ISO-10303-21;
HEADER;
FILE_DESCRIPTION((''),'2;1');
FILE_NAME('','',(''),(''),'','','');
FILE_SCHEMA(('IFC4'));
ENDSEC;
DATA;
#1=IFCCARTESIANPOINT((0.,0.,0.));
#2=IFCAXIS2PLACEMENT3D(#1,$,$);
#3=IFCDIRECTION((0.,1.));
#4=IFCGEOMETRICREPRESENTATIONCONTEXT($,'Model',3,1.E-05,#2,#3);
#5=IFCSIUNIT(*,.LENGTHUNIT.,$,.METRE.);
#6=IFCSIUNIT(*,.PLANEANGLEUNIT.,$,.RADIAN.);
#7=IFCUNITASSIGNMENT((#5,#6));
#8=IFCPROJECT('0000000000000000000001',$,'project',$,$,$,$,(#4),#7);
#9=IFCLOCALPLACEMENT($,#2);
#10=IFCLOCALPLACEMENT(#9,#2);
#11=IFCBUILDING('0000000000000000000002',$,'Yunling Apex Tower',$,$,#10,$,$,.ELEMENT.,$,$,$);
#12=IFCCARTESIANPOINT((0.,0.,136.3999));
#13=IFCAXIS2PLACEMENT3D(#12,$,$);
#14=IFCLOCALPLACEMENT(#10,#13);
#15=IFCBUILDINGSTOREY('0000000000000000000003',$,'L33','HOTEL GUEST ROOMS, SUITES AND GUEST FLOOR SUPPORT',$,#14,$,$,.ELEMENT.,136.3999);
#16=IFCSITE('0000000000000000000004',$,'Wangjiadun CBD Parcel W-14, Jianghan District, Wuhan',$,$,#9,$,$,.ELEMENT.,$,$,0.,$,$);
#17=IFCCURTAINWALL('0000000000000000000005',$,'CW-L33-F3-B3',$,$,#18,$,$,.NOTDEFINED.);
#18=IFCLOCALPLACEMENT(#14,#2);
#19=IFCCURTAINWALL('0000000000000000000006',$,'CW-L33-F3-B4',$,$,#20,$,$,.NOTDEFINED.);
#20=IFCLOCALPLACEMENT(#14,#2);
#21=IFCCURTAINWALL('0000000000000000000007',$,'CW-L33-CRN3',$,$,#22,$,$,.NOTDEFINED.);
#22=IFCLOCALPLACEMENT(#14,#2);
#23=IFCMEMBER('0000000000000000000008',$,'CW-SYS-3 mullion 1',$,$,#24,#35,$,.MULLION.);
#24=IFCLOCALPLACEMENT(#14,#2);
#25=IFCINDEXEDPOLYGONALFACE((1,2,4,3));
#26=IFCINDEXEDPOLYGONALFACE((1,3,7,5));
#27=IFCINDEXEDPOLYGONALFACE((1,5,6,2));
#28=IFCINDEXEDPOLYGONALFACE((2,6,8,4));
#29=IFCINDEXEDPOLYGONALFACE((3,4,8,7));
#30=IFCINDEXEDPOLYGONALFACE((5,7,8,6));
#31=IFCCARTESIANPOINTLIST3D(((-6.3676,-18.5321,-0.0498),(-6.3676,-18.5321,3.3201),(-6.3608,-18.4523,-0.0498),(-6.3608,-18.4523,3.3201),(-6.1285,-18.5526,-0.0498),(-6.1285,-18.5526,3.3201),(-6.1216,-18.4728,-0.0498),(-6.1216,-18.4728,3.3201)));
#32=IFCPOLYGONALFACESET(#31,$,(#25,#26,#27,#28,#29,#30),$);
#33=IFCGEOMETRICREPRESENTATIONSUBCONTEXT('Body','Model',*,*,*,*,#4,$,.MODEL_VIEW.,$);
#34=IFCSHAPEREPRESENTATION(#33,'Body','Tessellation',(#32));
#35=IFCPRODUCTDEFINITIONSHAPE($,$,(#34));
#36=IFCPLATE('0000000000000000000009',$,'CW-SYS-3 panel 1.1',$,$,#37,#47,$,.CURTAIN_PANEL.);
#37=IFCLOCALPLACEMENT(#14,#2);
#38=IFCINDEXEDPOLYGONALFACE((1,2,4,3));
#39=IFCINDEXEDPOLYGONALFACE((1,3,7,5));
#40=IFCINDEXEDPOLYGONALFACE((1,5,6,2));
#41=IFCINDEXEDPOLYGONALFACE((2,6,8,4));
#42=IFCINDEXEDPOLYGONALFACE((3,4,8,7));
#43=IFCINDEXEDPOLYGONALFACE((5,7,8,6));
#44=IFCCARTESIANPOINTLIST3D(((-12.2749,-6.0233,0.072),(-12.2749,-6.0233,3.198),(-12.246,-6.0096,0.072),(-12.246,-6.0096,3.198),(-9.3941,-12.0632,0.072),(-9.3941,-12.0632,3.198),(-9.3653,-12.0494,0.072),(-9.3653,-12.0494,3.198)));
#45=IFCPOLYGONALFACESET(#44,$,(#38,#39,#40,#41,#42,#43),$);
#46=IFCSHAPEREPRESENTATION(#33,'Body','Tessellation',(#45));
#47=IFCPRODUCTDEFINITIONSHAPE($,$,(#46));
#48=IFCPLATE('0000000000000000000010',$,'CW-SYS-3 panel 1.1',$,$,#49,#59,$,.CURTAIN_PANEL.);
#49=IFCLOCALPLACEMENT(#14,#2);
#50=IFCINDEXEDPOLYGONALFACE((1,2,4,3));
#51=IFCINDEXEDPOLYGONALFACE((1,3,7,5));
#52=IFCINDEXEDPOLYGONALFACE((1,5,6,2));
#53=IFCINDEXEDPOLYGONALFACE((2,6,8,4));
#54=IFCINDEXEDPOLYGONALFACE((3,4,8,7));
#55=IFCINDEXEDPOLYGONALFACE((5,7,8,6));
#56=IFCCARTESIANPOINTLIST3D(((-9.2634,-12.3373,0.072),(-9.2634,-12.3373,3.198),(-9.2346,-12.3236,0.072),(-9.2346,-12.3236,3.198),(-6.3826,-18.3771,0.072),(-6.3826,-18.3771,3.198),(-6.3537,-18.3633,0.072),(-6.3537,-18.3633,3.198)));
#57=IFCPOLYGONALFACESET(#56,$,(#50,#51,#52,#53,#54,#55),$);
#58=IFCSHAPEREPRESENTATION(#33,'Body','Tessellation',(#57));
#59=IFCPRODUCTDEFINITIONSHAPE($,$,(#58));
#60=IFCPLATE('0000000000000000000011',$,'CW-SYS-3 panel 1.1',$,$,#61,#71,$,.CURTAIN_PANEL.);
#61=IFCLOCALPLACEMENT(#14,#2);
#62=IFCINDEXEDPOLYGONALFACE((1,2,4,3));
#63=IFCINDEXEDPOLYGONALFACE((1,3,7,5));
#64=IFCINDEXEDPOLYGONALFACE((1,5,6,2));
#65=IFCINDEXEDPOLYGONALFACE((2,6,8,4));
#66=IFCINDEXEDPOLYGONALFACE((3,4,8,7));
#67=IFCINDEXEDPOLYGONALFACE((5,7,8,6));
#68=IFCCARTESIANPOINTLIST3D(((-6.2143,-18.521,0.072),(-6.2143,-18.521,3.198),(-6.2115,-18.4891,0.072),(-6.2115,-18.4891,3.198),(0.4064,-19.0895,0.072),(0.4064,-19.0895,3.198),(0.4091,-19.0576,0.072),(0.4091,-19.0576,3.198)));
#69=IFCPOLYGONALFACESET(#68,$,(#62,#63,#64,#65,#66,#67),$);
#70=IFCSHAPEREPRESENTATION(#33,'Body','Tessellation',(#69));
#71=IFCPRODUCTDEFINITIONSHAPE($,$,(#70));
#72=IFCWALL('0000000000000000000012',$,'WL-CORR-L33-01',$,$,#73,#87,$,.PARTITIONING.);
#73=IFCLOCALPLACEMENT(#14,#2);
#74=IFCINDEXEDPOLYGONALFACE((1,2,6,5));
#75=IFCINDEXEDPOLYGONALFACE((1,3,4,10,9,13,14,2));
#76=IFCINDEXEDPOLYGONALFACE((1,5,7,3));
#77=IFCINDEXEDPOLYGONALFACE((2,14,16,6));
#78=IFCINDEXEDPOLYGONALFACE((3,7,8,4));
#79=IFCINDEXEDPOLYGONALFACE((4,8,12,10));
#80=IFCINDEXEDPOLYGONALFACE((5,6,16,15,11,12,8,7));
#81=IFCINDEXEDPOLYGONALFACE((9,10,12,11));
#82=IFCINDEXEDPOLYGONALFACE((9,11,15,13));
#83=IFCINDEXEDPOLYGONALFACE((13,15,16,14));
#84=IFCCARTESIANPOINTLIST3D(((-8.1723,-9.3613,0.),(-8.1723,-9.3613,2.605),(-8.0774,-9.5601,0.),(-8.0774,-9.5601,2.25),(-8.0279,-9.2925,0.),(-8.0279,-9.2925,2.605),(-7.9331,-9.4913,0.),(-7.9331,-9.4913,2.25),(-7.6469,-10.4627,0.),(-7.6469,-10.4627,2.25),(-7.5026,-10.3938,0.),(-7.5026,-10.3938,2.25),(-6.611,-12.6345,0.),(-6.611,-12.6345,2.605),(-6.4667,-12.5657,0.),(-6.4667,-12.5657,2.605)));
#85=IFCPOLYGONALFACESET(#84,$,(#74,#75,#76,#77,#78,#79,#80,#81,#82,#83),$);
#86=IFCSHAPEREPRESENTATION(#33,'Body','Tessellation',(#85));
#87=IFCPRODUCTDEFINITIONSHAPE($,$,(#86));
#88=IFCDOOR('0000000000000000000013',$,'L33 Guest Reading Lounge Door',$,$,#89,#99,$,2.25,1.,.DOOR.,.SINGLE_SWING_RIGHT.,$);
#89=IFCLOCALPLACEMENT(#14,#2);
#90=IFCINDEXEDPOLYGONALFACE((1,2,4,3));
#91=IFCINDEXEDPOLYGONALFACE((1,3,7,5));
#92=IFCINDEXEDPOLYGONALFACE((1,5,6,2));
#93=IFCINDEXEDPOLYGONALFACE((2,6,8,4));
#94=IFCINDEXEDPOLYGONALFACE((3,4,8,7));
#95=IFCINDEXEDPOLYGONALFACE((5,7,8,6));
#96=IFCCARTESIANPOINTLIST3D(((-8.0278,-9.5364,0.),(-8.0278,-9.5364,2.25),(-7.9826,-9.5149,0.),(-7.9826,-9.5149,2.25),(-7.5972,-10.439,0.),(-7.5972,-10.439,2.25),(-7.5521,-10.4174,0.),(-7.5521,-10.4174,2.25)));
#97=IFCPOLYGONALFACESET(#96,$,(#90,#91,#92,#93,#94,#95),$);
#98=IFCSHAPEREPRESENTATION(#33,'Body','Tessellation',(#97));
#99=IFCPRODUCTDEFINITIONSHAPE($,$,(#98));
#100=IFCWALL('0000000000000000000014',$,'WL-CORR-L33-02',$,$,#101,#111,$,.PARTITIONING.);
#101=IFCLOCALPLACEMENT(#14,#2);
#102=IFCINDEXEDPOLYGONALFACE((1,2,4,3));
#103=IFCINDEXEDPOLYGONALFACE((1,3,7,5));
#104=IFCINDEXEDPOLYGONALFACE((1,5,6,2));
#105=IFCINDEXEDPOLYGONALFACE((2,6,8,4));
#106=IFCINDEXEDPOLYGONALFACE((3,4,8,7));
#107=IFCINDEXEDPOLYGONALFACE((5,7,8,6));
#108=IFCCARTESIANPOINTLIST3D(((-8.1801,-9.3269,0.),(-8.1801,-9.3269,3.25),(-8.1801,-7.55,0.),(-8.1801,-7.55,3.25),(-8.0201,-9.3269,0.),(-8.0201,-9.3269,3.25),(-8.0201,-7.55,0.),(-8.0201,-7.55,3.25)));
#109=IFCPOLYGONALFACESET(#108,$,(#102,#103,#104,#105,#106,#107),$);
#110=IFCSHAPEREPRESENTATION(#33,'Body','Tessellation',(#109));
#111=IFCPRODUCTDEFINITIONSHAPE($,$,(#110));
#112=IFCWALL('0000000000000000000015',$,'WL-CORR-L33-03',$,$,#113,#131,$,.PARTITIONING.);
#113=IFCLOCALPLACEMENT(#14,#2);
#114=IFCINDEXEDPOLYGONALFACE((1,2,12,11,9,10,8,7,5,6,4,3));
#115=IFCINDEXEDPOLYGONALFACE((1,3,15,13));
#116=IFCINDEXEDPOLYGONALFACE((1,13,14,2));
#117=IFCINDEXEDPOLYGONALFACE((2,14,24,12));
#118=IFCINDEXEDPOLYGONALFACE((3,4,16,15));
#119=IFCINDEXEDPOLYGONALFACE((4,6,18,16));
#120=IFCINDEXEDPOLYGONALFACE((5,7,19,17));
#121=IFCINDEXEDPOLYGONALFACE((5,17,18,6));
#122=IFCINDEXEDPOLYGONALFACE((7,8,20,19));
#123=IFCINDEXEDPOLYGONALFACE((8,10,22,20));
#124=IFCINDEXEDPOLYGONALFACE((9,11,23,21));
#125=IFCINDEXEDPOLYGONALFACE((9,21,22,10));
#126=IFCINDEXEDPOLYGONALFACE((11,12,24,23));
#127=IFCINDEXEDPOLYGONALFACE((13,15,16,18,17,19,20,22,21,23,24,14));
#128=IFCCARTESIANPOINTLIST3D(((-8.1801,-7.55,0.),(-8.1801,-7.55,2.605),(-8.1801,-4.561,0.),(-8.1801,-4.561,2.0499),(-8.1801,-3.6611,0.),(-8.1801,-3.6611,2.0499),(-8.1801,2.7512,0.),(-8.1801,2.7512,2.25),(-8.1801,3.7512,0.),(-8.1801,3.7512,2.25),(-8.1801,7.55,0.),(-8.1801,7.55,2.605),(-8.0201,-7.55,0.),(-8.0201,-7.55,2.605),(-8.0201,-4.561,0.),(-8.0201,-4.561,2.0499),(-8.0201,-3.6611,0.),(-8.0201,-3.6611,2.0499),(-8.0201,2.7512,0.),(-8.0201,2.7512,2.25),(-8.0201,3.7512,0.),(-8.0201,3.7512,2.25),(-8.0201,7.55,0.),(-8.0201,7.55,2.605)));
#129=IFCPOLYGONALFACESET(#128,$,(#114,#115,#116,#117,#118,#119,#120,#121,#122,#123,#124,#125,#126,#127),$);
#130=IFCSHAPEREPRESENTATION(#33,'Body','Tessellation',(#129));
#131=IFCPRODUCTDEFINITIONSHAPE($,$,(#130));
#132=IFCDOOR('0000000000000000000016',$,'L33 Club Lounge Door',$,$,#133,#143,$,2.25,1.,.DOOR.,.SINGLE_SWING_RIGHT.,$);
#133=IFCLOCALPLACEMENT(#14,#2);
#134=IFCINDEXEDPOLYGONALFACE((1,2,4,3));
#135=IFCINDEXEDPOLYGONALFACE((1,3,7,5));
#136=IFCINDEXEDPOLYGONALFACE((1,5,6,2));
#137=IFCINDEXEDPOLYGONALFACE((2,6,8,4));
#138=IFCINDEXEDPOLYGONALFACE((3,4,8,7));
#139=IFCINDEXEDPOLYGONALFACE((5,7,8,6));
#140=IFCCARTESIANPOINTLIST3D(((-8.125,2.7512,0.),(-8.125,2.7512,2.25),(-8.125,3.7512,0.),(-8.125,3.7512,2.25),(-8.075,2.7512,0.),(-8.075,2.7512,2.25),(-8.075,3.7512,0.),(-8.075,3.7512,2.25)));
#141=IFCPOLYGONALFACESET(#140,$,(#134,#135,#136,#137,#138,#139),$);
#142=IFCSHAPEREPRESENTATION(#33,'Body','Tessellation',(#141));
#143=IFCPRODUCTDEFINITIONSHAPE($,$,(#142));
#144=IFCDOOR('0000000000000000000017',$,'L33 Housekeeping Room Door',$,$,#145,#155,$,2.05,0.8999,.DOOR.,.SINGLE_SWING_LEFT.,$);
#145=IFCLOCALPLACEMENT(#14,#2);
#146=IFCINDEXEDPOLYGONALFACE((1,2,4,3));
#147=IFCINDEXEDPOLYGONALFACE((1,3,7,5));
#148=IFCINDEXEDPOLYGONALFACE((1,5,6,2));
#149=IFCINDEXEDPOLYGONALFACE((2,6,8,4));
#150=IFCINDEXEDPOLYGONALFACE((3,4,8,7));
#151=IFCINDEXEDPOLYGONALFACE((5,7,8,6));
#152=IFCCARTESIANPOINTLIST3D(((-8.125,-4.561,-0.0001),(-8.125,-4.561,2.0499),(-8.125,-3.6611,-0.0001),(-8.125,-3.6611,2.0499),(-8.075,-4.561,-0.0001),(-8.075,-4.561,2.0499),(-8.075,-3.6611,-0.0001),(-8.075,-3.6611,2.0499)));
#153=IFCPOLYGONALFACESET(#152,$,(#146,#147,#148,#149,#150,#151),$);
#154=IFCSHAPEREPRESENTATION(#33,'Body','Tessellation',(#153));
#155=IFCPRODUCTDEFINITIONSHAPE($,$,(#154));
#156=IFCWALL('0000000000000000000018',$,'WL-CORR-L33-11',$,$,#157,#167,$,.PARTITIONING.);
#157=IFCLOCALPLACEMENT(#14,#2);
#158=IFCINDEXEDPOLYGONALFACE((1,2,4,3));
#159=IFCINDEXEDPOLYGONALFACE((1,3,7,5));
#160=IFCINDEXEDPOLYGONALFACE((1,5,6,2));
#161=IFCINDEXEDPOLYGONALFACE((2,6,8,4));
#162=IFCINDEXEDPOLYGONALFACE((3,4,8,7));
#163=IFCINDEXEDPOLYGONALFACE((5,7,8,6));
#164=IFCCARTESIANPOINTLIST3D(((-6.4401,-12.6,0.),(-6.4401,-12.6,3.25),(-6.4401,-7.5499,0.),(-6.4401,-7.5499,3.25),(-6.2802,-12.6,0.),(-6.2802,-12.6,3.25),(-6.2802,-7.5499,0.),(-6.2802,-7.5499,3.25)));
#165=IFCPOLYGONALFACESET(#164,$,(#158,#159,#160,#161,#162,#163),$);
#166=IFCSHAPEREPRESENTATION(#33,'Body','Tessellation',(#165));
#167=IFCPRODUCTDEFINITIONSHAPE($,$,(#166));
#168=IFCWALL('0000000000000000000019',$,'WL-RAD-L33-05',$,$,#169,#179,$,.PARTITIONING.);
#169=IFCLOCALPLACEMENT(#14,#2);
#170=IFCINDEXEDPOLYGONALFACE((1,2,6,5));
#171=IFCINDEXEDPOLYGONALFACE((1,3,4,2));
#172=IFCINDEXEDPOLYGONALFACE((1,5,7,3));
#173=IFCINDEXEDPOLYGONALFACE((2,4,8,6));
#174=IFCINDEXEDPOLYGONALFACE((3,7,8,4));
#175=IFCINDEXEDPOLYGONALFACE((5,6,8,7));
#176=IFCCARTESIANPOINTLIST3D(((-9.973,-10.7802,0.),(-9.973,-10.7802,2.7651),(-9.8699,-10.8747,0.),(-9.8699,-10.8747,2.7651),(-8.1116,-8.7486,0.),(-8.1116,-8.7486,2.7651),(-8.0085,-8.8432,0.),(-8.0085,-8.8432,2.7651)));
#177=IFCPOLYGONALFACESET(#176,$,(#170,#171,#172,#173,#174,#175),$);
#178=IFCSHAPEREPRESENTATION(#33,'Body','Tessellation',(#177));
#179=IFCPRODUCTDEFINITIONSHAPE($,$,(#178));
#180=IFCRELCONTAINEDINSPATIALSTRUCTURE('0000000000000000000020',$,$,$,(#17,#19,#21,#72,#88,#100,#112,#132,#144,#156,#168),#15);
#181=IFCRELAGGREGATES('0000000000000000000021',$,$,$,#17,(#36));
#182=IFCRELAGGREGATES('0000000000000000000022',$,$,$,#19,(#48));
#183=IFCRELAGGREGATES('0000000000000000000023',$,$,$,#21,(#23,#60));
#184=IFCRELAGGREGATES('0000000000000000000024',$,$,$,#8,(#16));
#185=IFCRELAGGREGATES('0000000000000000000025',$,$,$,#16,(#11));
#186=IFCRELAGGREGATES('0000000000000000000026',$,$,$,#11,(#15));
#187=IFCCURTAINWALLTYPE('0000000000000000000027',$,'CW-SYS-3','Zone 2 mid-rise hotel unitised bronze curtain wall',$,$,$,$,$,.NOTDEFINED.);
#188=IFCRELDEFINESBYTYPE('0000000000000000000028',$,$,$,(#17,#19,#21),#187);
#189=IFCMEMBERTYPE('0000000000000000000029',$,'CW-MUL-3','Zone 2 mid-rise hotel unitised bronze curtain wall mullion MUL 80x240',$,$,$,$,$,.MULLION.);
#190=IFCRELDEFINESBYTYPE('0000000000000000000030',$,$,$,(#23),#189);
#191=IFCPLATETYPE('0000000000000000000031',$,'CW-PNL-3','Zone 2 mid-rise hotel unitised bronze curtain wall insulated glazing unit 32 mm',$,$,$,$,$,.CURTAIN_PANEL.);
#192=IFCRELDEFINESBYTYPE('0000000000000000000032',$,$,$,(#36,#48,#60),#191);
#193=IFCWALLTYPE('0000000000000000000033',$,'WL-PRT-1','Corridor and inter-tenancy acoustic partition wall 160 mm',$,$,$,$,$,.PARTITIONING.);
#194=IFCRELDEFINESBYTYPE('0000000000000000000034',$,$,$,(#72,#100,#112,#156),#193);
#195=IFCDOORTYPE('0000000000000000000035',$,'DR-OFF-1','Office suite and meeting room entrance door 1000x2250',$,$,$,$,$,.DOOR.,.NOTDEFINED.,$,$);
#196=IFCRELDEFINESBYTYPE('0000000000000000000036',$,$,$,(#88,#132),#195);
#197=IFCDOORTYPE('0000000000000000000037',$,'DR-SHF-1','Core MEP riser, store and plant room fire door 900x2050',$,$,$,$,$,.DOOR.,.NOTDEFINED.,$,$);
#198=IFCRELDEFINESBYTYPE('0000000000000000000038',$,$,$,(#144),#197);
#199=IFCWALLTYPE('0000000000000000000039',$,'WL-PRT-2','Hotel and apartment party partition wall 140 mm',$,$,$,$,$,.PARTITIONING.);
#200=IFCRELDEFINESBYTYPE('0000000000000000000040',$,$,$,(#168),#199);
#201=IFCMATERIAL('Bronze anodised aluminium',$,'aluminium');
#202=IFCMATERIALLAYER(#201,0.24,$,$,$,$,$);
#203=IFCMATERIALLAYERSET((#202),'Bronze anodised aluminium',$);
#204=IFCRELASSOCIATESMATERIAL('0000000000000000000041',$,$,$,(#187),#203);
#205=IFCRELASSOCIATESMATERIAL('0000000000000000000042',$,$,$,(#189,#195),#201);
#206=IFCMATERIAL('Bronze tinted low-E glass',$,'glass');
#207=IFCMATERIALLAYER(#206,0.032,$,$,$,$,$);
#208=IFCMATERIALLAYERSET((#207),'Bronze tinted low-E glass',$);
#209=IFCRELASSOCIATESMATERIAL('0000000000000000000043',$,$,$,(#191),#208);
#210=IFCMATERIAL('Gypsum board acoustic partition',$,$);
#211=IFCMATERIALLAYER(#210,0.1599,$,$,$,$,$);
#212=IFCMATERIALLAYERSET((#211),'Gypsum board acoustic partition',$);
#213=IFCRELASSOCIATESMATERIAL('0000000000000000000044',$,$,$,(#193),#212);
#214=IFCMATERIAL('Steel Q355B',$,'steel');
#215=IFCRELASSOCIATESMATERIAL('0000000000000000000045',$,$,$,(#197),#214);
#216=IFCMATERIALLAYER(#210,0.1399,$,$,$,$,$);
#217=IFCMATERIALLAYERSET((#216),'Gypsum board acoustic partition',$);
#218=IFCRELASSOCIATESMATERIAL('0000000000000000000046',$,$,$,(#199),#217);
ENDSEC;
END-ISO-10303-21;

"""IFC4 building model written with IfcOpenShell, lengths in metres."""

from ifc_helpers import new_model, si_unit, direction, frame, frame_2d, origin, origin_2d, place, context, subcontext, project, spatial, rectangle, extrude, source, transform, mapped, material, layer, layer_set, material_profile, profile_set, type_object, element, fill, aggregate, save


model = new_model("IFC4")

# Units and contexts
model_context = context("Model", 3, precision=1e-05, world=origin(), true_north=direction((0.0, 1.0)))
body_context = subcontext(model_context, "Body", "Model", "MODEL_VIEW")
ifc_project = project(units=[si_unit("LENGTHUNIT", "METRE"), si_unit("PLANEANGLEUNIT", "RADIAN")], contexts=[model_context])

# Site, building, storey
site_placement = place(None, origin())
site = spatial("IfcSite", under=ifc_project, at=site_placement, Name="Wangjiadun CBD Parcel W-14, Jianghan District, Wuhan", CompositionType="ELEMENT", RefElevation=0.0)
building_placement = place(site_placement, origin())
building = spatial("IfcBuilding", under=site, at=building_placement, Name="Yunling Apex Tower", CompositionType="ELEMENT")
storey_placement = place(building_placement, frame((0.0, 0.0, 136.3999)))
storey = spatial("IfcBuildingStorey", under=building, at=storey_placement, Name="L33", Description="HOTEL GUEST ROOMS, SUITES AND GUEST FLOOR SUPPORT", CompositionType="ELEMENT", Elevation=136.3999)

# Shared definitions
ifc_material_1 = material(Name="Steel Q355B", Category="steel")

# Curtain walls
ifc_material_2 = material(Name="Bronze anodised aluminium", Category="aluminium")
ifc_layer_1 = layer(ifc_material_2, 0.24)
ifc_layer_set_1 = layer_set([ifc_layer_1], Name="Bronze anodised aluminium")
curtain_wall_type = type_object("IfcCurtainWallType", Name="CW-SYS-3", Description="Zone 2 mid-rise hotel unitised bronze curtain wall", PredefinedType="NOTDEFINED", material=ifc_layer_set_1)
curtain_wall_1_placement = place(storey_placement, origin())
curtain_wall_1 = element("IfcCurtainWall", 1, at=curtain_wall_1_placement, inside=storey, type_object=curtain_wall_type, Name="CW-L33-F3-B3", PredefinedType="NOTDEFINED")
curtain_wall_2_placement = place(storey_placement, origin())
curtain_wall_2 = element("IfcCurtainWall", 2, at=curtain_wall_2_placement, inside=storey, type_object=curtain_wall_type, Name="CW-L33-F3-B4", PredefinedType="NOTDEFINED")
curtain_wall_3_placement = place(storey_placement, origin())
curtain_wall_3 = element("IfcCurtainWall", 3, at=curtain_wall_3_placement, inside=storey, type_object=curtain_wall_type, Name="CW-L33-CRN3", PredefinedType="NOTDEFINED")

# Member
ifc_material_profile_1 = material_profile(ifc_material_2, rectangle(XDim=0.0801, YDim=0.24, at=origin_2d()))
ifc_profile_set_1 = profile_set([ifc_material_profile_1], Name="Bronze anodised aluminium")
member_type_1 = type_object("IfcMemberType", Name="CW-MUL-3", Description="Zone 2 mid-rise hotel unitised bronze curtain wall mullion MUL 80x240", PredefinedType="MULLION", material=ifc_profile_set_1)
shared_shape_1 = source(origin(), body_context, "Body", "SweptSolid", [
    extrude(rectangle(XDim=0.0801, YDim=0.24, at=origin_2d()), origin(), (0.0, 0.0, 1.0), 3.3699),
])
member_1_placement = place(storey_placement, frame((-6.2446, -18.5024, -0.0498), z_axis=(0.0, 0.0, 1.0), x_axis=(0.08555, 0.996334, 0.0)))
member_1 = element("IfcMember", 4, at=member_1_placement, type_object=member_type_1, Name="CW-SYS-3 mullion 1", PredefinedType="MULLION", context=body_context, shape_type="MappedRepresentation", body=[
    mapped(shared_shape_1, transform((0.0, 0.0, 0.0), scale=1.0)),
])

# Plates
ifc_material_3 = material(Name="Bronze tinted low-E glass", Category="glass")
ifc_layer_2 = layer(ifc_material_3, 0.032)
ifc_layer_set_2 = layer_set([ifc_layer_2], Name="Bronze tinted low-E glass")
plate_type = type_object("IfcPlateType", Name="CW-PNL-3", Description="Zone 2 mid-rise hotel unitised bronze curtain wall insulated glazing unit 32 mm", PredefinedType="CURTAIN_PANEL", material=ifc_layer_set_2)
shared_shape_2 = source(origin(), body_context, "Body", "SweptSolid", [
    extrude(rectangle(XDim=6.6917, YDim=0.032, at=origin_2d()), origin(), (0.0, 0.0, 1.0), 3.126),
])
plate_1_placement = place(storey_placement, frame((-10.8201, -9.0364, 0.072), z_axis=(0.0, 0.0, 1.0), x_axis=(0.430494, -0.902593, 0.0)))
plate_1 = element("IfcPlate", 5, at=plate_1_placement, type_object=plate_type, Name="CW-SYS-3 panel 1.1", PredefinedType="CURTAIN_PANEL", context=body_context, shape_type="MappedRepresentation", body=[
    mapped(shared_shape_2, transform((0.0, 0.0, 0.0), scale=1.0)),
])
aggregate(curtain_wall_1, [plate_1])
plate_2_placement = place(storey_placement, frame((-7.8086, -15.3503, 0.072), z_axis=(0.0, 0.0, 1.0), x_axis=(0.430512, -0.902585, 0.0)))
plate_2 = element("IfcPlate", 6, at=plate_2_placement, type_object=plate_type, Name="CW-SYS-3 panel 1.1", PredefinedType="CURTAIN_PANEL", context=body_context, shape_type="MappedRepresentation", body=[
    mapped(shared_shape_2, transform((0.0, 0.0, 0.0), scale=1.0)),
])
aggregate(curtain_wall_2, [plate_2])
shared_shape_3 = source(origin(), body_context, "Body", "SweptSolid", [
    extrude(rectangle(XDim=6.645, YDim=0.032, at=origin_2d()), origin(), (0.0, 0.0, 1.0), 3.126),
])
plate_3_placement = place(storey_placement, frame((-2.9026, -18.7893, 0.072), z_axis=(0.0, 0.0, 1.0), x_axis=(0.996334, -0.08555, 0.0)))
plate_3 = element("IfcPlate", 7, at=plate_3_placement, type_object=plate_type, Name="CW-SYS-3 panel 1.1", PredefinedType="CURTAIN_PANEL", context=body_context, shape_type="MappedRepresentation", body=[
    mapped(shared_shape_3, transform((0.0, 0.0, 0.0), scale=1.0)),
])
aggregate(curtain_wall_3, [member_1, plate_3])

# Wall, opening, door
ifc_material_4 = material(Name="Gypsum board acoustic partition")
ifc_layer_3 = layer(ifc_material_4, 0.1599)
ifc_layer_set_3 = layer_set([ifc_layer_3], Name="Gypsum board acoustic partition")
wall_type_1 = type_object("IfcWallType", Name="WL-PRT-1", Description="Corridor and inter-tenancy acoustic partition wall 160 mm", PredefinedType="PARTITIONING", material=ifc_layer_set_3)
wall_1_placement = place(storey_placement, frame((-6.5388, -12.6001, 0.0), z_axis=(0.0, 0.0, 1.0), x_axis=(-0.430521, 0.90258, 0.0)))
wall_1 = element("IfcWall", 8, at=wall_1_placement, inside=storey, type_object=wall_type_1, Name="WL-CORR-L33-01", PredefinedType="PARTITIONING", context=body_context, shape_type="SweptSolid", body=[
    extrude(rectangle(XDim=3.6265, YDim=0.1599, at=frame_2d((1.8132, 0.0))), origin(), (0.0, 0.0, 1.0), 2.605),
])
opening_1_placement = place(wall_1_placement, frame((2.4062, 0.0, 0.0)))
opening_1 = element("IfcOpeningElement", 9, at=opening_1_placement, cuts=wall_1, PredefinedType="OPENING", context=body_context, shape_type="SweptSolid", body=[
    extrude(rectangle(XDim=1.0, YDim=2.25, at=frame_2d((0.5, 1.125))), frame((0.0, 0.0898, 0.0), z_axis=(0.0, -1.0, 0.0), x_axis=(1.0, 0.0, 0.0)), (0.0, 0.0, 1.0), 0.1799),
])
door_type_1 = type_object("IfcDoorType", Name="DR-OFF-1", Description="Office suite and meeting room entrance door 1000x2250", OperationType="NOTDEFINED", PredefinedType="DOOR", material=ifc_material_2)
door_1_placement = place(opening_1_placement, origin())
door_1 = element("IfcDoor", 10, at=door_1_placement, inside=storey, type_object=door_type_1, Name="L33 Guest Reading Lounge Door", OperationType="SINGLE_SWING_RIGHT", OverallHeight=2.25, OverallWidth=1.0, PredefinedType="DOOR", context=body_context, shape_type="SweptSolid", body=[
    extrude(rectangle(XDim=1.0, YDim=2.25, at=frame_2d((0.5, 1.125))), frame((0.0, 0.0249, 0.0), z_axis=(0.0, -1.0, 0.0), x_axis=(1.0, 0.0, 0.0)), (0.0, 0.0, 1.0), 0.05),
])
fill(opening_1, door_1)

# Wall
wall_2_placement = place(storey_placement, frame((-8.1001, -9.3269, 0.0), z_axis=(0.0, 0.0, 1.0), x_axis=(0.0, 1.0, 0.0)))
element("IfcWall", 11, at=wall_2_placement, inside=storey, type_object=wall_type_1, Name="WL-CORR-L33-02", PredefinedType="PARTITIONING", context=body_context, shape_type="SweptSolid", body=[
    extrude(rectangle(XDim=1.7769, YDim=0.1599, at=frame_2d((0.8884, 0.0))), origin(), (0.0, 0.0, 1.0), 3.25),
])

# Wall, openings, doors
wall_3_placement = place(storey_placement, frame((-8.1001, -7.55, 0.0), z_axis=(0.0, 0.0, 1.0), x_axis=(0.0, 1.0, 0.0)))
wall_3 = element("IfcWall", 12, at=wall_3_placement, inside=storey, type_object=wall_type_1, Name="WL-CORR-L33-03", PredefinedType="PARTITIONING", context=body_context, shape_type="SweptSolid", body=[
    extrude(rectangle(XDim=15.1001, YDim=0.1599, at=frame_2d((7.55, 0.0))), origin(), (0.0, 0.0, 1.0), 2.605),
])
opening_2_placement = place(wall_3_placement, frame((2.989, 0.0, 0.0)))
opening_2 = element("IfcOpeningElement", 13, at=opening_2_placement, cuts=wall_3, PredefinedType="OPENING", context=body_context, shape_type="SweptSolid", body=[
    extrude(rectangle(XDim=0.8999, YDim=2.05, at=frame_2d((0.45, 1.0249))), frame((0.0, 0.0898, 0.0), z_axis=(0.0, -1.0, 0.0), x_axis=(1.0, 0.0, 0.0)), (0.0, 0.0, 1.0), 0.1799),
])
opening_3_placement = place(wall_3_placement, frame((10.3013, 0.0, 0.0)))
opening_3 = element("IfcOpeningElement", 14, at=opening_3_placement, cuts=wall_3, PredefinedType="OPENING", context=body_context, shape_type="SweptSolid", body=[
    extrude(rectangle(XDim=1.0, YDim=2.25, at=frame_2d((0.5, 1.125))), frame((0.0, 0.0898, 0.0), z_axis=(0.0, -1.0, 0.0), x_axis=(1.0, 0.0, 0.0)), (0.0, 0.0, 1.0), 0.1799),
])
door_2_placement = place(opening_3_placement, origin())
door_2 = element("IfcDoor", 15, at=door_2_placement, inside=storey, type_object=door_type_1, Name="L33 Club Lounge Door", OperationType="SINGLE_SWING_RIGHT", OverallHeight=2.25, OverallWidth=1.0, PredefinedType="DOOR", context=body_context, shape_type="SweptSolid", body=[
    extrude(rectangle(XDim=1.0, YDim=2.25, at=frame_2d((0.5, 1.125))), frame((0.0, 0.0249, 0.0), z_axis=(0.0, -1.0, 0.0), x_axis=(1.0, 0.0, 0.0)), (0.0, 0.0, 1.0), 0.05),
])
fill(opening_3, door_2)
door_type_2 = type_object("IfcDoorType", Name="DR-SHF-1", Description="Core MEP riser, store and plant room fire door 900x2050", OperationType="NOTDEFINED", PredefinedType="DOOR", material=ifc_material_1)
door_3_placement = place(opening_2_placement, origin())
door_3 = element("IfcDoor", 16, at=door_3_placement, inside=storey, type_object=door_type_2, Name="L33 Housekeeping Room Door", OperationType="SINGLE_SWING_LEFT", OverallHeight=2.05, OverallWidth=0.8999, PredefinedType="DOOR", context=body_context, shape_type="SweptSolid", body=[
    extrude(rectangle(XDim=0.8999, YDim=2.05, at=frame_2d((0.45, 1.0249))), frame((0.0, 0.0249, 0.0), z_axis=(0.0, -1.0, 0.0), x_axis=(1.0, 0.0, 0.0)), (0.0, 0.0, 1.0), 0.05),
])
fill(opening_2, door_3)

# Walls
wall_4_placement = place(storey_placement, frame((-6.3601, -7.55, 0.0), z_axis=(0.0, 0.0, 1.0), x_axis=(0.0, -1.0, 0.0)))
element("IfcWall", 17, at=wall_4_placement, inside=storey, type_object=wall_type_1, Name="WL-CORR-L33-11", PredefinedType="PARTITIONING", context=body_context, shape_type="SweptSolid", body=[
    extrude(rectangle(XDim=5.05, YDim=0.1599, at=frame_2d((2.5249, 0.0))), origin(), (0.0, 0.0, 1.0), 3.25),
])
ifc_layer_4 = layer(ifc_material_4, 0.1399)
ifc_layer_set_4 = layer_set([ifc_layer_4], Name="Gypsum board acoustic partition")
wall_type_2 = type_object("IfcWallType", Name="WL-PRT-2", Description="Hotel and apartment party partition wall 140 mm", PredefinedType="PARTITIONING", material=ifc_layer_set_4)
wall_5_placement = place(storey_placement, frame((-8.0601, -8.7959, 0.0), z_axis=(0.0, 0.0, 1.0), x_axis=(-0.675552, -0.737312, 0.0)))
element("IfcWall", 18, at=wall_5_placement, inside=storey, type_object=wall_type_2, Name="WL-RAD-L33-05", PredefinedType="PARTITIONING", context=body_context, shape_type="SweptSolid", body=[
    extrude(rectangle(XDim=2.7554, YDim=0.1399, at=frame_2d((1.3777, 0.0))), origin(), (0.0, 0.0, 1.0), 2.7651),
])

save(model, "model.ifc")
